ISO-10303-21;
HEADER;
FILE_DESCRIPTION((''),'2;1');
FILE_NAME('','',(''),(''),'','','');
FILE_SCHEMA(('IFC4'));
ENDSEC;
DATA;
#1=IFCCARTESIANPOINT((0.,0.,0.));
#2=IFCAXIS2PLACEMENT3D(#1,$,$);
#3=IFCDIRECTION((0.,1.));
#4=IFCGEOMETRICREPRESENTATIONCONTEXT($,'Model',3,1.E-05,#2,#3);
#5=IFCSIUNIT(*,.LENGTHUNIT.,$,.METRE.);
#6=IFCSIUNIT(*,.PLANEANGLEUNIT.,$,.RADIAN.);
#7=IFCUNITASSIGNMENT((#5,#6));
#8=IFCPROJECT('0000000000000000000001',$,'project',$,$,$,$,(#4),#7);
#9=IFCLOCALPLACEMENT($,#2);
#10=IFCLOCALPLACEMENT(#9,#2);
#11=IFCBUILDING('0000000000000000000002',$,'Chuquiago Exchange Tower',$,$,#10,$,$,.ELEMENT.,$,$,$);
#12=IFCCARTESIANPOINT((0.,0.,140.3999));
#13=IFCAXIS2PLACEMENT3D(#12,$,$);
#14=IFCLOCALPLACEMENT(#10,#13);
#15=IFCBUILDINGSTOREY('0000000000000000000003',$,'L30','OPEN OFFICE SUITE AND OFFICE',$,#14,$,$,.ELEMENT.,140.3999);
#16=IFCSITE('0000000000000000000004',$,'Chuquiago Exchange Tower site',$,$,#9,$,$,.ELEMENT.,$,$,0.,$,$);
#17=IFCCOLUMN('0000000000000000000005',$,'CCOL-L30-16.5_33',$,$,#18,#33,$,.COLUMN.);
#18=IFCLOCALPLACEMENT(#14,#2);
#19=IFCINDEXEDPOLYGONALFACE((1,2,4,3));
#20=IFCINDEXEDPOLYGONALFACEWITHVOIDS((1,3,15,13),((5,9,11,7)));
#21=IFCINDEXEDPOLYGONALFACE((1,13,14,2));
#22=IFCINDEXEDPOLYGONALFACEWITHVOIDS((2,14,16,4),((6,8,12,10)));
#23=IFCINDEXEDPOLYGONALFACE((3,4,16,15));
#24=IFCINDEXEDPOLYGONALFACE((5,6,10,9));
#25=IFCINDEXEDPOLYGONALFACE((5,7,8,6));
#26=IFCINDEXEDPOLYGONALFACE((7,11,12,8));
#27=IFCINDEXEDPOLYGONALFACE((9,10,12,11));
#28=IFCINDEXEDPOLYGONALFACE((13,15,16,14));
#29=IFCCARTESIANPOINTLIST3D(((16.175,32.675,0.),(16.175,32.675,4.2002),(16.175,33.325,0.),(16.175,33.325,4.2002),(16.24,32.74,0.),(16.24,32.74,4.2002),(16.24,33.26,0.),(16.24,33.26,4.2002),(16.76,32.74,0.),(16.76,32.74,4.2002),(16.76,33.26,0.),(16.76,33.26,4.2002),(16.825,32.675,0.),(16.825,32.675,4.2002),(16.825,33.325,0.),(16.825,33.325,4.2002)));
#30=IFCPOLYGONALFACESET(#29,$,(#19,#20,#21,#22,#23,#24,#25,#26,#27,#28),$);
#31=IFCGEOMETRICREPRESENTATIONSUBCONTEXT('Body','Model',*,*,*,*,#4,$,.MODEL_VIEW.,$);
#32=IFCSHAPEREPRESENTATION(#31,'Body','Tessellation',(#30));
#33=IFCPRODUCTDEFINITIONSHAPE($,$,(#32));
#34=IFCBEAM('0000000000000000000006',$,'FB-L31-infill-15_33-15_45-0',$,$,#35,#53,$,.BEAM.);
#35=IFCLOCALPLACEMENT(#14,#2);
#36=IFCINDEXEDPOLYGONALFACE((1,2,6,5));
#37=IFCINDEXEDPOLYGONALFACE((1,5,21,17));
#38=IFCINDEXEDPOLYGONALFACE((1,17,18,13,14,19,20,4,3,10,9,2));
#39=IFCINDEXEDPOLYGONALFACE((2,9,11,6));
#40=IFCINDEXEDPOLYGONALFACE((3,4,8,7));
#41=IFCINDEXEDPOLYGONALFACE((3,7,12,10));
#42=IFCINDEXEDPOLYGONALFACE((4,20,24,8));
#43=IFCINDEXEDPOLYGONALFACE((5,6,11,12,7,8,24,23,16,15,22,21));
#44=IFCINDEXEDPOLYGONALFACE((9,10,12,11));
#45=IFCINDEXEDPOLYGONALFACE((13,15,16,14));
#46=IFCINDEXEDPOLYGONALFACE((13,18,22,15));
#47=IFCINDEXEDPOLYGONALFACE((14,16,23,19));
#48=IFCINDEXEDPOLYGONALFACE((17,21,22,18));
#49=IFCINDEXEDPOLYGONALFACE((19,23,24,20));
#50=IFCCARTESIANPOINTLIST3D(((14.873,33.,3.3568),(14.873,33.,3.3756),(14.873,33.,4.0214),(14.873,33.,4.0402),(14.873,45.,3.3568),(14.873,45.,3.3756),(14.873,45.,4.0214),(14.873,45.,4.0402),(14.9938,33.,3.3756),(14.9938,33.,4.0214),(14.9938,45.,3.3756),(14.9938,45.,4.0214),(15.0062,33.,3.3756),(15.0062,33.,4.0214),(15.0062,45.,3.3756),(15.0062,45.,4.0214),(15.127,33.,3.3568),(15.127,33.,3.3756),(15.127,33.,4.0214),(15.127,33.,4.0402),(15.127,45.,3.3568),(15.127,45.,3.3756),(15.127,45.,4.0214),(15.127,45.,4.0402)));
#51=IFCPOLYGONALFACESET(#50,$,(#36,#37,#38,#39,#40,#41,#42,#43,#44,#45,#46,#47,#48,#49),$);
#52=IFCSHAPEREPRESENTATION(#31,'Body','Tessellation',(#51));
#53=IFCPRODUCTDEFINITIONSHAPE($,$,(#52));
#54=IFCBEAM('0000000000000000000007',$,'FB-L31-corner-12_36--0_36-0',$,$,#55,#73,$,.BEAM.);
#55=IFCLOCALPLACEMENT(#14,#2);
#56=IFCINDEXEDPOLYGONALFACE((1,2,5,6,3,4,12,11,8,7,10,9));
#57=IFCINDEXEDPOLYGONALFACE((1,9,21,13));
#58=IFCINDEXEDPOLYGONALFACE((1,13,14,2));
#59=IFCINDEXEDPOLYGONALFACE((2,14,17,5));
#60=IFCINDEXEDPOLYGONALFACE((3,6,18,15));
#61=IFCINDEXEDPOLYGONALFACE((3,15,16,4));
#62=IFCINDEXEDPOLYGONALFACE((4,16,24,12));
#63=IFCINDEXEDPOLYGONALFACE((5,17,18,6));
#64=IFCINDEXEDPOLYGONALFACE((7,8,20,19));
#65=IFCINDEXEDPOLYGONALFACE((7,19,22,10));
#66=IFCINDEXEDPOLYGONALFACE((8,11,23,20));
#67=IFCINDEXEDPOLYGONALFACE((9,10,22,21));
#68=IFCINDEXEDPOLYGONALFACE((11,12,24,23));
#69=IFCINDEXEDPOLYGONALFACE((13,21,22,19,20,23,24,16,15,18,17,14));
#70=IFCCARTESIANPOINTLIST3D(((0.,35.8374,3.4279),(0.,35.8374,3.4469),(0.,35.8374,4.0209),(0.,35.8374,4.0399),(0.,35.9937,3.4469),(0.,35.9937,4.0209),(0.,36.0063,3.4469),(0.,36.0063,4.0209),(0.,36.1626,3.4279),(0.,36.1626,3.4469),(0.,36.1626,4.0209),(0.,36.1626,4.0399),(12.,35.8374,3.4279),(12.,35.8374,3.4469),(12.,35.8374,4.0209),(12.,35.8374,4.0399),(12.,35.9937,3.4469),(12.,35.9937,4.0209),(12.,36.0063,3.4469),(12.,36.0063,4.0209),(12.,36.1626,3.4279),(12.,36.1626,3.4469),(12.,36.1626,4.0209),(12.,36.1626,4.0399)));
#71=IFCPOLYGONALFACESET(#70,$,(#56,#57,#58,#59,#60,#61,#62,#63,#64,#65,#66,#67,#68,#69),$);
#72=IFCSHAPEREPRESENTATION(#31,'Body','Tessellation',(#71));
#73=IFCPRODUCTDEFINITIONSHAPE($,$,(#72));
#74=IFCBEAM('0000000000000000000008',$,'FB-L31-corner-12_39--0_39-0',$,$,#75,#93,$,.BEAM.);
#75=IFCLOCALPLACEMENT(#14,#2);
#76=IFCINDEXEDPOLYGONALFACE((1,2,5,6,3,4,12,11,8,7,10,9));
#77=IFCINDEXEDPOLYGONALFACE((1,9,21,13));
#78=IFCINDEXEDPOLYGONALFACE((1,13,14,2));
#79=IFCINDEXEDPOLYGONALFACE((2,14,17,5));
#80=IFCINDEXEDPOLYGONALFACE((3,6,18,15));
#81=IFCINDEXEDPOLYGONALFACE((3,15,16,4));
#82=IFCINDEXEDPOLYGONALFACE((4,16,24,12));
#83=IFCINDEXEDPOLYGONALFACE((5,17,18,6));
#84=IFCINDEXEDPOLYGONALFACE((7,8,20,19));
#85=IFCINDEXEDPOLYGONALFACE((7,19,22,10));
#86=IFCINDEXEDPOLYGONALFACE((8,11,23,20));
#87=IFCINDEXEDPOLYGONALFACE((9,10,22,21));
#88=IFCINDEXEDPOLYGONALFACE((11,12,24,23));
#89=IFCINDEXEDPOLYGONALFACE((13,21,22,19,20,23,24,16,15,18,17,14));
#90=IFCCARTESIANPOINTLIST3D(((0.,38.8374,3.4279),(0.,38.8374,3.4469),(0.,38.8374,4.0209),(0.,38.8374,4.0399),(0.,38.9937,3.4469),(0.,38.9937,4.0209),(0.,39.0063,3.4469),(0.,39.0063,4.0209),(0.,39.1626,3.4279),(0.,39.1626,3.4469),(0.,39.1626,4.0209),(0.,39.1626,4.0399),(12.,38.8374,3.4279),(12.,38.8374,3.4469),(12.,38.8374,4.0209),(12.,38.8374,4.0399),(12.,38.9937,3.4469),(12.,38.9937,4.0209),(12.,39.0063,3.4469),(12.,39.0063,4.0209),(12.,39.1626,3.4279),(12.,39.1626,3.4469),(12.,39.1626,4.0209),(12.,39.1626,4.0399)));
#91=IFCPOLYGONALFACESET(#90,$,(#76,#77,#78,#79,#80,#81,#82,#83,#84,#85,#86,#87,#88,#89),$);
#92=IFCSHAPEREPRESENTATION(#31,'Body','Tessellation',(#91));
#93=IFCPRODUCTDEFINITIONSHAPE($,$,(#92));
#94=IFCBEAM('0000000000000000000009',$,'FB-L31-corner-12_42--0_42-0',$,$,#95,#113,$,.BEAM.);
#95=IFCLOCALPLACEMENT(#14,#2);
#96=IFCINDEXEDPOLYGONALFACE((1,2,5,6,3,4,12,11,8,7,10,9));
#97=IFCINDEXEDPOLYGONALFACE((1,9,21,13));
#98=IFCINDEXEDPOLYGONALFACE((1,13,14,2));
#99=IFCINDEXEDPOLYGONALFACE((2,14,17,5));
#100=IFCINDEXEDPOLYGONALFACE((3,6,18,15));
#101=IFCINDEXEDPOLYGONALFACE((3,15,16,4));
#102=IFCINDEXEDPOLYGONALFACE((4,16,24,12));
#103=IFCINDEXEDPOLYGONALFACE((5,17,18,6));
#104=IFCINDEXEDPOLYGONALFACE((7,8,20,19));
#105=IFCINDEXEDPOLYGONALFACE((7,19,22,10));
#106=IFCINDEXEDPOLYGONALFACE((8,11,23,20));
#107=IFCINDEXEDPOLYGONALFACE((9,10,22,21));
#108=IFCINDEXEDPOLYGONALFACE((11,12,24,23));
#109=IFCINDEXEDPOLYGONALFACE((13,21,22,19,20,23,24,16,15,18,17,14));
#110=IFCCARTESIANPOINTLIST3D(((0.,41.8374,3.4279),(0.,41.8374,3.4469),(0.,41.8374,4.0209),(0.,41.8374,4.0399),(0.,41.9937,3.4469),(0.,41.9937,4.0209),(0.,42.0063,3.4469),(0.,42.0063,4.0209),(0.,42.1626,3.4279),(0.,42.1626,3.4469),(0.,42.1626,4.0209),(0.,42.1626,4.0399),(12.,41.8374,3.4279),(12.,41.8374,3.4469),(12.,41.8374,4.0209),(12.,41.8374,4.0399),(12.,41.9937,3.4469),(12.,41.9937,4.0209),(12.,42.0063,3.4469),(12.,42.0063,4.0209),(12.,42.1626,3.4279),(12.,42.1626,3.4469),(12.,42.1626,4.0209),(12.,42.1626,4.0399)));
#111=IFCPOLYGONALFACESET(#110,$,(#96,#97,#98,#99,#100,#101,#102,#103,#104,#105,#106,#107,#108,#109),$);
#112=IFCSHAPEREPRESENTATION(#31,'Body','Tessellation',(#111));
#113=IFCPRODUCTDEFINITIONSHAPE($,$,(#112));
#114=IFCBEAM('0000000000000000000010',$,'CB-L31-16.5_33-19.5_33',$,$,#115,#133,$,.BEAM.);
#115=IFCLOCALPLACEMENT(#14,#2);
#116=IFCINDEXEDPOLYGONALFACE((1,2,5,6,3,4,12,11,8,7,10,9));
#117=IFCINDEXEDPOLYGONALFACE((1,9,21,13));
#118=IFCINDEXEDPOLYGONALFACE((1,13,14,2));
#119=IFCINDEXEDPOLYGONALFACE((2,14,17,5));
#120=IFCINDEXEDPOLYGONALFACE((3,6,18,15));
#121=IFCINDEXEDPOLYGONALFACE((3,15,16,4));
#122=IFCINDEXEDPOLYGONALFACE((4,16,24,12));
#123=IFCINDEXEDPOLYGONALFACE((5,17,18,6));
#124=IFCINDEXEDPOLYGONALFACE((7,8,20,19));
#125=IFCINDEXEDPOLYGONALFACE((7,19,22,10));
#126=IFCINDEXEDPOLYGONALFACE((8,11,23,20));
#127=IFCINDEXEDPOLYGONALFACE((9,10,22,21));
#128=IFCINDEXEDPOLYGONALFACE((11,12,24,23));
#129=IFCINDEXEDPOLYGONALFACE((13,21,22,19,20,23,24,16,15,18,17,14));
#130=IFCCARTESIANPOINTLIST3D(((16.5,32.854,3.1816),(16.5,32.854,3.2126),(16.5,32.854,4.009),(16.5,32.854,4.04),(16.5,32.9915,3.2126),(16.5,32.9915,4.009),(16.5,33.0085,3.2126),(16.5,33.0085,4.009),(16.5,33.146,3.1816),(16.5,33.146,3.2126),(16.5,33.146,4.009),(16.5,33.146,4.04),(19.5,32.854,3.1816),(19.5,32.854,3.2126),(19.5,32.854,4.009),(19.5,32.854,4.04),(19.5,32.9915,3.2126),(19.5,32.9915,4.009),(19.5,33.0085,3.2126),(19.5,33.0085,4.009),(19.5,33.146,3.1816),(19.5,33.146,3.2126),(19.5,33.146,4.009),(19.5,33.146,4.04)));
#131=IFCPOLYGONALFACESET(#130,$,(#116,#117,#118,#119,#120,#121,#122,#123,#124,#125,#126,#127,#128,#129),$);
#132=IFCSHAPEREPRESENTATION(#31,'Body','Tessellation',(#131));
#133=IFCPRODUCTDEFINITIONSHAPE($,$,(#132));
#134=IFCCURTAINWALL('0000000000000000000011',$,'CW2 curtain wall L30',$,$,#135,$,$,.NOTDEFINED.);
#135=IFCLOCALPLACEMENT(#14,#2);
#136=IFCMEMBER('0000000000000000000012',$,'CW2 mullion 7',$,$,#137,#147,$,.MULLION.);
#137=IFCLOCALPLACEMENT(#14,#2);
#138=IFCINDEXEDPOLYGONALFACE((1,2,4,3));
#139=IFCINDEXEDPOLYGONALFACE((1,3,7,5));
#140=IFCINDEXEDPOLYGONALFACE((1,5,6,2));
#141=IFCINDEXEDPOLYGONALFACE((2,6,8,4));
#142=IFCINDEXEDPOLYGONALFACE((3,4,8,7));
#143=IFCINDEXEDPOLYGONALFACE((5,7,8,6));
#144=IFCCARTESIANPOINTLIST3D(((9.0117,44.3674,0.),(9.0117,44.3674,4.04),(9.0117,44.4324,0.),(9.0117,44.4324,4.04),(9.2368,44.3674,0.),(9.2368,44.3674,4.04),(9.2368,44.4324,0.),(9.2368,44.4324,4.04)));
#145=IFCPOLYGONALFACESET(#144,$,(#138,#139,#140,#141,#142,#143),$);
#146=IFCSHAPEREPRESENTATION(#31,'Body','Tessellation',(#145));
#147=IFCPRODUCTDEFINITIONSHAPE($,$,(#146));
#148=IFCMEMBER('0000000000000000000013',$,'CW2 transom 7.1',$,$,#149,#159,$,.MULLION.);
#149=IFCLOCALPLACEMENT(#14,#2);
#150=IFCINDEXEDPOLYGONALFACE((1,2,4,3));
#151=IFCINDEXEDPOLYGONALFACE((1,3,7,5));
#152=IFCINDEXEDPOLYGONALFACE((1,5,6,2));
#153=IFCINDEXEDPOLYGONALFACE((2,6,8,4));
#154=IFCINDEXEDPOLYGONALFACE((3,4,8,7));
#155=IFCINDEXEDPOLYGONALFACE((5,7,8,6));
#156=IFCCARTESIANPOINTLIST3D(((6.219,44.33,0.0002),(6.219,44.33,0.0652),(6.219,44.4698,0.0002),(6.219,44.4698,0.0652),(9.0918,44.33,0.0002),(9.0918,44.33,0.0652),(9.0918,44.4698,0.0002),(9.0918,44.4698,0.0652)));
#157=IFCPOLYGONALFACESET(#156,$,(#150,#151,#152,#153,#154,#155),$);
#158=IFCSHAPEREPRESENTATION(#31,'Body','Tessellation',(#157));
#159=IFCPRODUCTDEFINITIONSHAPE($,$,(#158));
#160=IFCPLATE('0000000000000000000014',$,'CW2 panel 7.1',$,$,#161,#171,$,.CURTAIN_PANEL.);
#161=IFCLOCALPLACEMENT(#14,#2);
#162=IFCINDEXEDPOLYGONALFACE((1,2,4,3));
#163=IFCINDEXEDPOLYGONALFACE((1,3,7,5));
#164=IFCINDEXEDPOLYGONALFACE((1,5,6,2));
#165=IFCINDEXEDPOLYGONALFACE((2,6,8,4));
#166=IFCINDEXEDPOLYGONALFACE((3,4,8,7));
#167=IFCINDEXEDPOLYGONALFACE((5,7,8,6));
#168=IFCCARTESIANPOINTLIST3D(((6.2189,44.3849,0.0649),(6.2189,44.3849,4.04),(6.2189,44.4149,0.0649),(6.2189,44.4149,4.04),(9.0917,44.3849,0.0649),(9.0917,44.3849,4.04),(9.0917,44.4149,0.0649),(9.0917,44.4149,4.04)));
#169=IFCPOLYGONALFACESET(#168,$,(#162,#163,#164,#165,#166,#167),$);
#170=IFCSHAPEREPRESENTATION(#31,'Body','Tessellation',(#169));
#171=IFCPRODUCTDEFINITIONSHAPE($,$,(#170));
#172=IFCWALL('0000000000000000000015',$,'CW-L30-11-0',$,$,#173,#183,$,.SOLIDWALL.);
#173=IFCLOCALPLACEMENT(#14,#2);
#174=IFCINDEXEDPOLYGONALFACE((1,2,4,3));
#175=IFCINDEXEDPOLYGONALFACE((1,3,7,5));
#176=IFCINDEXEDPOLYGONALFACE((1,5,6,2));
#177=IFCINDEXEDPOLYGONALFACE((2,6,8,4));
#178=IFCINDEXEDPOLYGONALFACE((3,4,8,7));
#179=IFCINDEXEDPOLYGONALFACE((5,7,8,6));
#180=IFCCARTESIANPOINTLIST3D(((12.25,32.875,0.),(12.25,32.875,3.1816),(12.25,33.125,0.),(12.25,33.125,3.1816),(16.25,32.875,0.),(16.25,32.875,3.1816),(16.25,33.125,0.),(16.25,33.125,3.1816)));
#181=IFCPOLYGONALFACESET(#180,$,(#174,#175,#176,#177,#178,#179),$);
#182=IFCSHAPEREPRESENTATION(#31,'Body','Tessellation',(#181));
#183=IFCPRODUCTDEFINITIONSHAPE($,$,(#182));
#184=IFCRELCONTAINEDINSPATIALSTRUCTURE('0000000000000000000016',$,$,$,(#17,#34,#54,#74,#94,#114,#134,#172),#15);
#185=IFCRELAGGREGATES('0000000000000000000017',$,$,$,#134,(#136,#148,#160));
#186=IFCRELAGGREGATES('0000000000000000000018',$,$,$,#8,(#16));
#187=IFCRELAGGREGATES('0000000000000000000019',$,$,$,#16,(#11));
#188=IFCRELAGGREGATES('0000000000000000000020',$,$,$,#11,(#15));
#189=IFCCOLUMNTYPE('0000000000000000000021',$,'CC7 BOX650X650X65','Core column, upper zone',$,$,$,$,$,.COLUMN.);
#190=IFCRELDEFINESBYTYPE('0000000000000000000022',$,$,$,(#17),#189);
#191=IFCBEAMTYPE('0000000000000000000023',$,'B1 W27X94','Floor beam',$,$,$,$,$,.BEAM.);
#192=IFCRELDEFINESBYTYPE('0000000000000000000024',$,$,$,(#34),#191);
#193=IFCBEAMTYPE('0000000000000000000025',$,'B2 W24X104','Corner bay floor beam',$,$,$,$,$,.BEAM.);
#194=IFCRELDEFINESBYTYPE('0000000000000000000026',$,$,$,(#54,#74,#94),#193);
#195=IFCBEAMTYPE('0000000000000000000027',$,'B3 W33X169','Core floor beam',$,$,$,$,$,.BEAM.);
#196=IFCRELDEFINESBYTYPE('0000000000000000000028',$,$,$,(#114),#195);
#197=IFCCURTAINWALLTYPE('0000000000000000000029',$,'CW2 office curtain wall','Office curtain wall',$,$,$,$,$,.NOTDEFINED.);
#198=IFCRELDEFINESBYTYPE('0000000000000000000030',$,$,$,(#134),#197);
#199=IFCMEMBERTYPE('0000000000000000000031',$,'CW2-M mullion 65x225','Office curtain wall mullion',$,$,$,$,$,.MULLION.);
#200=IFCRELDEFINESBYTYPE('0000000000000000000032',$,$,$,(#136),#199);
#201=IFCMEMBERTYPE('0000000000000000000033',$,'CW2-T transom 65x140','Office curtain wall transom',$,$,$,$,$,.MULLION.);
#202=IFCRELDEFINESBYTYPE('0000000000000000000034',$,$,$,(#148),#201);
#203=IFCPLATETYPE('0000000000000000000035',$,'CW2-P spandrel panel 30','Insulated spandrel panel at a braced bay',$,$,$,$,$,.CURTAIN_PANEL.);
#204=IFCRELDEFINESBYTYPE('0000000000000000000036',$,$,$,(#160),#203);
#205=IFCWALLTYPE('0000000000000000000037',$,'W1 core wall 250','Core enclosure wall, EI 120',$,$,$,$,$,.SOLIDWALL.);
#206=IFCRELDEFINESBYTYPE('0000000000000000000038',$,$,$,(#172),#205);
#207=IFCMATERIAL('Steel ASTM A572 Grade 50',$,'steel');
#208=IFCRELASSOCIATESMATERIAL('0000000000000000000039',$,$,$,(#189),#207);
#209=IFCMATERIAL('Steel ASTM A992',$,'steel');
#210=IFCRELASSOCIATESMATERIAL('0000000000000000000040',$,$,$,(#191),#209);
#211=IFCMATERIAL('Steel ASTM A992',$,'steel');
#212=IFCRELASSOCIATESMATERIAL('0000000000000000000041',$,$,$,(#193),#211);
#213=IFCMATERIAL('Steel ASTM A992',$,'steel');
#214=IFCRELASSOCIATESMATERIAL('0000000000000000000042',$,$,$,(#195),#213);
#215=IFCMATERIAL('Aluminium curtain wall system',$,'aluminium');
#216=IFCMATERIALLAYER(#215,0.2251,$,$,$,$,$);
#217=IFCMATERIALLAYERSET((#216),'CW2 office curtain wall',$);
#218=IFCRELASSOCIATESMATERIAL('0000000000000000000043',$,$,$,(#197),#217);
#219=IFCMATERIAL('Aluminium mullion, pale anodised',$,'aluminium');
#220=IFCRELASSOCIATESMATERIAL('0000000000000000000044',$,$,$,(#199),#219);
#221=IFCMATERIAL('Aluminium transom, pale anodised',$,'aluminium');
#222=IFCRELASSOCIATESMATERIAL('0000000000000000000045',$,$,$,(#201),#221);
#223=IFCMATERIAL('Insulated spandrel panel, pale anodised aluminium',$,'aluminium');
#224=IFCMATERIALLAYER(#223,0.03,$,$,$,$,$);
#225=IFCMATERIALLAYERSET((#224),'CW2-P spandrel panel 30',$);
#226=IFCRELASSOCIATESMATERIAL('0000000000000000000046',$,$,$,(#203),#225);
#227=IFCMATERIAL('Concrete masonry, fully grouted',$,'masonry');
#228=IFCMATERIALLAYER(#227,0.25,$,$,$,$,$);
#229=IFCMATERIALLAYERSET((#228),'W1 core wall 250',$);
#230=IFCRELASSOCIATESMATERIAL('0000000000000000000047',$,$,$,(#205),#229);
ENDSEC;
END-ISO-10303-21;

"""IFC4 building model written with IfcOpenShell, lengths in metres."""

from ifc_helpers import new_model, si_unit, direction, frame, frame_2d, origin, origin_2d, place, context, subcontext, project, spatial, rectangle, hollow_rectangle, i_section, extrude, material, layer, layer_set, material_profile, profile_set, type_object, element, aggregate, save


model = new_model("IFC4")

# Units and contexts
model_context = context("Model", 3, precision=1e-05, world=origin(), true_north=direction((0.0, 1.0)))
body_context = subcontext(model_context, "Body", "Model", "MODEL_VIEW")
ifc_project = project(units=[si_unit("LENGTHUNIT", "METRE"), si_unit("PLANEANGLEUNIT", "RADIAN")], contexts=[model_context])

# Site, building, storey
site_placement = place(None, origin())
site = spatial("IfcSite", under=ifc_project, at=site_placement, Name="Chuquiago Exchange Tower site", CompositionType="ELEMENT", RefElevation=0.0)
building_placement = place(site_placement, origin())
building = spatial("IfcBuilding", under=site, at=building_placement, Name="Chuquiago Exchange Tower", CompositionType="ELEMENT")
storey_placement = place(building_placement, frame((0.0, 0.0, 140.3999)))
storey = spatial("IfcBuildingStorey", under=building, at=storey_placement, Name="L30", Description="OPEN OFFICE SUITE AND OFFICE", CompositionType="ELEMENT", Elevation=140.3999)

# Column
ifc_material_1 = material(Name="Steel ASTM A572 Grade 50", Category="steel")
ifc_material_profile_1 = material_profile(ifc_material_1, hollow_rectangle(XDim=0.6499, YDim=0.6499, WallThickness=0.0649, at=origin_2d()), Name="BOX650X650X65")
ifc_profile_set_1 = profile_set([ifc_material_profile_1], Name="Steel ASTM A572 Grade 50")
column_type = type_object("IfcColumnType", Name="CC7 BOX650X650X65", Description="Core column, upper zone", PredefinedType="COLUMN", material=ifc_profile_set_1)
column_placement = place(storey_placement, frame((16.5, 33.0, 0.0), z_axis=(0.0, 0.0, 1.0), x_axis=(1.0, 0.0, 0.0)))
element("IfcColumn", 1, at=column_placement, inside=storey, type_object=column_type, Name="CCOL-L30-16.5_33", PredefinedType="COLUMN", context=body_context, shape_type="SweptSolid", body=[
    extrude(hollow_rectangle(XDim=0.6499, YDim=0.6499, WallThickness=0.0649, at=origin_2d()), origin(), (0.0, 0.0, 1.0), 4.2002),
])

# Beams
ifc_material_2 = material(Name="Steel ASTM A992", Category="steel")
ifc_material_profile_2 = material_profile(ifc_material_2, i_section(OverallWidth=0.2539, OverallDepth=0.6833, WebThickness=0.0125, FlangeThickness=0.0188, at=origin_2d()), Name="W27X94")
ifc_profile_set_2 = profile_set([ifc_material_profile_2], Name="Steel ASTM A992")
beam_type_1 = type_object("IfcBeamType", Name="B1 W27X94", Description="Floor beam", PredefinedType="BEAM", material=ifc_profile_set_2)
beam_1_placement = place(storey_placement, frame((15.0, 33.0, 3.6985), z_axis=(0.0, 1.0, 0.0), x_axis=(-1.0, 0.0, 0.0)))
element("IfcBeam", 2, at=beam_1_placement, inside=storey, type_object=beam_type_1, Name="FB-L31-infill-15_33-15_45-0", PredefinedType="BEAM", context=body_context, shape_type="SweptSolid", body=[
    extrude(i_section(OverallWidth=0.2539, OverallDepth=0.6833, WebThickness=0.0125, FlangeThickness=0.0188, at=origin_2d()), origin(), (0.0, 0.0, 1.0), 12.0),
])
ifc_material_3 = material(Name="Steel ASTM A992", Category="steel")
ifc_material_profile_3 = material_profile(ifc_material_3, i_section(OverallWidth=0.3252, OverallDepth=0.6121, WebThickness=0.0127, FlangeThickness=0.019, at=origin_2d()), Name="W24X104")
ifc_profile_set_3 = profile_set([ifc_material_profile_3], Name="Steel ASTM A992")
beam_type_2 = type_object("IfcBeamType", Name="B2 W24X104", Description="Corner bay floor beam", PredefinedType="BEAM", material=ifc_profile_set_3)
for number, where, z_axis, x_axis, name in (
    (3, (12.0, 36.0, 3.7339), (-1.0, 0.0, 0.0), (0.0, -1.0, 0.0), "FB-L31-corner-12_36--0_36-0"),
    (4, (12.0, 39.0, 3.7339), (-1.0, 0.0, 0.0), (0.0, -1.0, 0.0), "FB-L31-corner-12_39--0_39-0"),
    (5, (12.0, 42.0, 3.7339), (-1.0, 0.0, 0.0), (0.0, -1.0, 0.0), "FB-L31-corner-12_42--0_42-0"),
):
    element("IfcBeam", number, at=place(storey_placement, frame(where, z_axis=z_axis, x_axis=x_axis)), inside=storey, type_object=beam_type_2, Name=name, PredefinedType="BEAM", context=body_context, shape_type="SweptSolid", body=[
        extrude(i_section(OverallWidth=0.3252, OverallDepth=0.6121, WebThickness=0.0127, FlangeThickness=0.019, at=origin_2d()), origin(), (0.0, 0.0, 1.0), 12.0),
    ])
ifc_material_4 = material(Name="Steel ASTM A992", Category="steel")
ifc_material_profile_4 = material_profile(ifc_material_4, i_section(OverallWidth=0.292, OverallDepth=0.8584, WebThickness=0.0171, FlangeThickness=0.031, at=origin_2d()), Name="W33X169")
ifc_profile_set_4 = profile_set([ifc_material_profile_4], Name="Steel ASTM A992")
beam_type_3 = type_object("IfcBeamType", Name="B3 W33X169", Description="Core floor beam", PredefinedType="BEAM", material=ifc_profile_set_4)
beam_2_placement = place(storey_placement, frame((16.5, 33.0, 3.6108), z_axis=(1.0, 0.0, 0.0), x_axis=(0.0, 1.0, 0.0)))
element("IfcBeam", 6, at=beam_2_placement, inside=storey, type_object=beam_type_3, Name="CB-L31-16.5_33-19.5_33", PredefinedType="BEAM", context=body_context, shape_type="SweptSolid", body=[
    extrude(i_section(OverallWidth=0.292, OverallDepth=0.8584, WebThickness=0.0171, FlangeThickness=0.031, at=origin_2d()), origin(), (0.0, 0.0, 1.0), 3.0),
])

# Curtain wall, members, plate
ifc_material_5 = material(Name="Aluminium curtain wall system", Category="aluminium")
ifc_layer_1 = layer(ifc_material_5, 0.2251)
ifc_layer_set_1 = layer_set([ifc_layer_1], Name="CW2 office curtain wall")
curtain_wall_type = type_object("IfcCurtainWallType", Name="CW2 office curtain wall", Description="Office curtain wall", PredefinedType="NOTDEFINED", material=ifc_layer_set_1)
curtain_wall_placement = place(storey_placement, origin())
curtain_wall = element("IfcCurtainWall", 7, at=curtain_wall_placement, inside=storey, type_object=curtain_wall_type, Name="CW2 curtain wall L30", PredefinedType="NOTDEFINED")
ifc_material_6 = material(Name="Aluminium mullion, pale anodised", Category="aluminium")
ifc_material_profile_5 = material_profile(ifc_material_6, rectangle(XDim=0.0649, YDim=0.2251, at=origin_2d()), Name="AL 65x225")
ifc_profile_set_5 = profile_set([ifc_material_profile_5], Name="Aluminium mullion, pale anodised")
member_type_1 = type_object("IfcMemberType", Name="CW2-M mullion 65x225", Description="Office curtain wall mullion", PredefinedType="MULLION", material=ifc_profile_set_5)
member_1_placement = place(storey_placement, frame((9.1243, 44.3999, 0.0), z_axis=(0.0, 0.0, 1.0), x_axis=(0.0, -1.0, 0.0)))
member_1 = element("IfcMember", 8, at=member_1_placement, type_object=member_type_1, Name="CW2 mullion 7", PredefinedType="MULLION", context=body_context, shape_type="SweptSolid", body=[
    extrude(rectangle(XDim=0.0649, YDim=0.2251, at=origin_2d()), origin(), (0.0, 0.0, 1.0), 4.04),
])
ifc_material_7 = material(Name="Aluminium transom, pale anodised", Category="aluminium")
ifc_material_profile_6 = material_profile(ifc_material_7, rectangle(XDim=0.1399, YDim=0.0649, at=origin_2d()), Name="AL 140x65")
ifc_profile_set_6 = profile_set([ifc_material_profile_6], Name="Aluminium transom, pale anodised")
member_type_2 = type_object("IfcMemberType", Name="CW2-T transom 65x140", Description="Office curtain wall transom", PredefinedType="MULLION", material=ifc_profile_set_6)
member_2_placement = place(storey_placement, frame((9.0918, 44.3999, 0.0327), z_axis=(-1.0, 0.0, 0.0), x_axis=(0.0, -1.0, 0.0)))
member_2 = element("IfcMember", 9, at=member_2_placement, type_object=member_type_2, Name="CW2 transom 7.1", PredefinedType="MULLION", context=body_context, shape_type="SweptSolid", body=[
    extrude(rectangle(XDim=0.1399, YDim=0.0649, at=origin_2d()), origin(), (0.0, 0.0, 1.0), 2.8728),
])
ifc_material_8 = material(Name="Insulated spandrel panel, pale anodised aluminium", Category="aluminium")
ifc_layer_2 = layer(ifc_material_8, 0.03)
ifc_layer_set_2 = layer_set([ifc_layer_2], Name="CW2-P spandrel panel 30")
plate_type = type_object("IfcPlateType", Name="CW2-P spandrel panel 30", Description="Insulated spandrel panel at a braced bay", PredefinedType="CURTAIN_PANEL", material=ifc_layer_set_2)
plate_placement = place(storey_placement, frame((7.6553, 44.3999, 0.0649), z_axis=(0.0, 0.0, 1.0), x_axis=(-1.0, 0.0, 0.0)))
plate = element("IfcPlate", 10, at=plate_placement, type_object=plate_type, Name="CW2 panel 7.1", PredefinedType="CURTAIN_PANEL", context=body_context, shape_type="SweptSolid", body=[
    extrude(rectangle(XDim=2.8728, YDim=0.03, at=origin_2d()), origin(), (0.0, 0.0, 1.0), 3.9751),
])
aggregate(curtain_wall, [member_1, member_2, plate])

# Wall
ifc_material_9 = material(Name="Concrete masonry, fully grouted", Category="masonry")
ifc_layer_3 = layer(ifc_material_9, 0.25)
ifc_layer_set_3 = layer_set([ifc_layer_3], Name="W1 core wall 250")
wall_type_1 = type_object("IfcWallType", Name="W1 core wall 250", Description="Core enclosure wall, EI 120", PredefinedType="SOLIDWALL", material=ifc_layer_set_3)
wall_1_placement = place(storey_placement, frame((12.25, 33.0, 0.0), z_axis=(0.0, 0.0, 1.0), x_axis=(1.0, 0.0, 0.0)))
element("IfcWall", 11, at=wall_1_placement, inside=storey, type_object=wall_type_1, Name="CW-L30-11-0", PredefinedType="SOLIDWALL", context=body_context, shape_type="SweptSolid", body=[
    extrude(rectangle(XDim=4.0, YDim=0.25, at=frame_2d((2.0, 0.0))), origin(), (0.0, 0.0, 1.0), 3.1816),
])

save(model, "model.ifc")
